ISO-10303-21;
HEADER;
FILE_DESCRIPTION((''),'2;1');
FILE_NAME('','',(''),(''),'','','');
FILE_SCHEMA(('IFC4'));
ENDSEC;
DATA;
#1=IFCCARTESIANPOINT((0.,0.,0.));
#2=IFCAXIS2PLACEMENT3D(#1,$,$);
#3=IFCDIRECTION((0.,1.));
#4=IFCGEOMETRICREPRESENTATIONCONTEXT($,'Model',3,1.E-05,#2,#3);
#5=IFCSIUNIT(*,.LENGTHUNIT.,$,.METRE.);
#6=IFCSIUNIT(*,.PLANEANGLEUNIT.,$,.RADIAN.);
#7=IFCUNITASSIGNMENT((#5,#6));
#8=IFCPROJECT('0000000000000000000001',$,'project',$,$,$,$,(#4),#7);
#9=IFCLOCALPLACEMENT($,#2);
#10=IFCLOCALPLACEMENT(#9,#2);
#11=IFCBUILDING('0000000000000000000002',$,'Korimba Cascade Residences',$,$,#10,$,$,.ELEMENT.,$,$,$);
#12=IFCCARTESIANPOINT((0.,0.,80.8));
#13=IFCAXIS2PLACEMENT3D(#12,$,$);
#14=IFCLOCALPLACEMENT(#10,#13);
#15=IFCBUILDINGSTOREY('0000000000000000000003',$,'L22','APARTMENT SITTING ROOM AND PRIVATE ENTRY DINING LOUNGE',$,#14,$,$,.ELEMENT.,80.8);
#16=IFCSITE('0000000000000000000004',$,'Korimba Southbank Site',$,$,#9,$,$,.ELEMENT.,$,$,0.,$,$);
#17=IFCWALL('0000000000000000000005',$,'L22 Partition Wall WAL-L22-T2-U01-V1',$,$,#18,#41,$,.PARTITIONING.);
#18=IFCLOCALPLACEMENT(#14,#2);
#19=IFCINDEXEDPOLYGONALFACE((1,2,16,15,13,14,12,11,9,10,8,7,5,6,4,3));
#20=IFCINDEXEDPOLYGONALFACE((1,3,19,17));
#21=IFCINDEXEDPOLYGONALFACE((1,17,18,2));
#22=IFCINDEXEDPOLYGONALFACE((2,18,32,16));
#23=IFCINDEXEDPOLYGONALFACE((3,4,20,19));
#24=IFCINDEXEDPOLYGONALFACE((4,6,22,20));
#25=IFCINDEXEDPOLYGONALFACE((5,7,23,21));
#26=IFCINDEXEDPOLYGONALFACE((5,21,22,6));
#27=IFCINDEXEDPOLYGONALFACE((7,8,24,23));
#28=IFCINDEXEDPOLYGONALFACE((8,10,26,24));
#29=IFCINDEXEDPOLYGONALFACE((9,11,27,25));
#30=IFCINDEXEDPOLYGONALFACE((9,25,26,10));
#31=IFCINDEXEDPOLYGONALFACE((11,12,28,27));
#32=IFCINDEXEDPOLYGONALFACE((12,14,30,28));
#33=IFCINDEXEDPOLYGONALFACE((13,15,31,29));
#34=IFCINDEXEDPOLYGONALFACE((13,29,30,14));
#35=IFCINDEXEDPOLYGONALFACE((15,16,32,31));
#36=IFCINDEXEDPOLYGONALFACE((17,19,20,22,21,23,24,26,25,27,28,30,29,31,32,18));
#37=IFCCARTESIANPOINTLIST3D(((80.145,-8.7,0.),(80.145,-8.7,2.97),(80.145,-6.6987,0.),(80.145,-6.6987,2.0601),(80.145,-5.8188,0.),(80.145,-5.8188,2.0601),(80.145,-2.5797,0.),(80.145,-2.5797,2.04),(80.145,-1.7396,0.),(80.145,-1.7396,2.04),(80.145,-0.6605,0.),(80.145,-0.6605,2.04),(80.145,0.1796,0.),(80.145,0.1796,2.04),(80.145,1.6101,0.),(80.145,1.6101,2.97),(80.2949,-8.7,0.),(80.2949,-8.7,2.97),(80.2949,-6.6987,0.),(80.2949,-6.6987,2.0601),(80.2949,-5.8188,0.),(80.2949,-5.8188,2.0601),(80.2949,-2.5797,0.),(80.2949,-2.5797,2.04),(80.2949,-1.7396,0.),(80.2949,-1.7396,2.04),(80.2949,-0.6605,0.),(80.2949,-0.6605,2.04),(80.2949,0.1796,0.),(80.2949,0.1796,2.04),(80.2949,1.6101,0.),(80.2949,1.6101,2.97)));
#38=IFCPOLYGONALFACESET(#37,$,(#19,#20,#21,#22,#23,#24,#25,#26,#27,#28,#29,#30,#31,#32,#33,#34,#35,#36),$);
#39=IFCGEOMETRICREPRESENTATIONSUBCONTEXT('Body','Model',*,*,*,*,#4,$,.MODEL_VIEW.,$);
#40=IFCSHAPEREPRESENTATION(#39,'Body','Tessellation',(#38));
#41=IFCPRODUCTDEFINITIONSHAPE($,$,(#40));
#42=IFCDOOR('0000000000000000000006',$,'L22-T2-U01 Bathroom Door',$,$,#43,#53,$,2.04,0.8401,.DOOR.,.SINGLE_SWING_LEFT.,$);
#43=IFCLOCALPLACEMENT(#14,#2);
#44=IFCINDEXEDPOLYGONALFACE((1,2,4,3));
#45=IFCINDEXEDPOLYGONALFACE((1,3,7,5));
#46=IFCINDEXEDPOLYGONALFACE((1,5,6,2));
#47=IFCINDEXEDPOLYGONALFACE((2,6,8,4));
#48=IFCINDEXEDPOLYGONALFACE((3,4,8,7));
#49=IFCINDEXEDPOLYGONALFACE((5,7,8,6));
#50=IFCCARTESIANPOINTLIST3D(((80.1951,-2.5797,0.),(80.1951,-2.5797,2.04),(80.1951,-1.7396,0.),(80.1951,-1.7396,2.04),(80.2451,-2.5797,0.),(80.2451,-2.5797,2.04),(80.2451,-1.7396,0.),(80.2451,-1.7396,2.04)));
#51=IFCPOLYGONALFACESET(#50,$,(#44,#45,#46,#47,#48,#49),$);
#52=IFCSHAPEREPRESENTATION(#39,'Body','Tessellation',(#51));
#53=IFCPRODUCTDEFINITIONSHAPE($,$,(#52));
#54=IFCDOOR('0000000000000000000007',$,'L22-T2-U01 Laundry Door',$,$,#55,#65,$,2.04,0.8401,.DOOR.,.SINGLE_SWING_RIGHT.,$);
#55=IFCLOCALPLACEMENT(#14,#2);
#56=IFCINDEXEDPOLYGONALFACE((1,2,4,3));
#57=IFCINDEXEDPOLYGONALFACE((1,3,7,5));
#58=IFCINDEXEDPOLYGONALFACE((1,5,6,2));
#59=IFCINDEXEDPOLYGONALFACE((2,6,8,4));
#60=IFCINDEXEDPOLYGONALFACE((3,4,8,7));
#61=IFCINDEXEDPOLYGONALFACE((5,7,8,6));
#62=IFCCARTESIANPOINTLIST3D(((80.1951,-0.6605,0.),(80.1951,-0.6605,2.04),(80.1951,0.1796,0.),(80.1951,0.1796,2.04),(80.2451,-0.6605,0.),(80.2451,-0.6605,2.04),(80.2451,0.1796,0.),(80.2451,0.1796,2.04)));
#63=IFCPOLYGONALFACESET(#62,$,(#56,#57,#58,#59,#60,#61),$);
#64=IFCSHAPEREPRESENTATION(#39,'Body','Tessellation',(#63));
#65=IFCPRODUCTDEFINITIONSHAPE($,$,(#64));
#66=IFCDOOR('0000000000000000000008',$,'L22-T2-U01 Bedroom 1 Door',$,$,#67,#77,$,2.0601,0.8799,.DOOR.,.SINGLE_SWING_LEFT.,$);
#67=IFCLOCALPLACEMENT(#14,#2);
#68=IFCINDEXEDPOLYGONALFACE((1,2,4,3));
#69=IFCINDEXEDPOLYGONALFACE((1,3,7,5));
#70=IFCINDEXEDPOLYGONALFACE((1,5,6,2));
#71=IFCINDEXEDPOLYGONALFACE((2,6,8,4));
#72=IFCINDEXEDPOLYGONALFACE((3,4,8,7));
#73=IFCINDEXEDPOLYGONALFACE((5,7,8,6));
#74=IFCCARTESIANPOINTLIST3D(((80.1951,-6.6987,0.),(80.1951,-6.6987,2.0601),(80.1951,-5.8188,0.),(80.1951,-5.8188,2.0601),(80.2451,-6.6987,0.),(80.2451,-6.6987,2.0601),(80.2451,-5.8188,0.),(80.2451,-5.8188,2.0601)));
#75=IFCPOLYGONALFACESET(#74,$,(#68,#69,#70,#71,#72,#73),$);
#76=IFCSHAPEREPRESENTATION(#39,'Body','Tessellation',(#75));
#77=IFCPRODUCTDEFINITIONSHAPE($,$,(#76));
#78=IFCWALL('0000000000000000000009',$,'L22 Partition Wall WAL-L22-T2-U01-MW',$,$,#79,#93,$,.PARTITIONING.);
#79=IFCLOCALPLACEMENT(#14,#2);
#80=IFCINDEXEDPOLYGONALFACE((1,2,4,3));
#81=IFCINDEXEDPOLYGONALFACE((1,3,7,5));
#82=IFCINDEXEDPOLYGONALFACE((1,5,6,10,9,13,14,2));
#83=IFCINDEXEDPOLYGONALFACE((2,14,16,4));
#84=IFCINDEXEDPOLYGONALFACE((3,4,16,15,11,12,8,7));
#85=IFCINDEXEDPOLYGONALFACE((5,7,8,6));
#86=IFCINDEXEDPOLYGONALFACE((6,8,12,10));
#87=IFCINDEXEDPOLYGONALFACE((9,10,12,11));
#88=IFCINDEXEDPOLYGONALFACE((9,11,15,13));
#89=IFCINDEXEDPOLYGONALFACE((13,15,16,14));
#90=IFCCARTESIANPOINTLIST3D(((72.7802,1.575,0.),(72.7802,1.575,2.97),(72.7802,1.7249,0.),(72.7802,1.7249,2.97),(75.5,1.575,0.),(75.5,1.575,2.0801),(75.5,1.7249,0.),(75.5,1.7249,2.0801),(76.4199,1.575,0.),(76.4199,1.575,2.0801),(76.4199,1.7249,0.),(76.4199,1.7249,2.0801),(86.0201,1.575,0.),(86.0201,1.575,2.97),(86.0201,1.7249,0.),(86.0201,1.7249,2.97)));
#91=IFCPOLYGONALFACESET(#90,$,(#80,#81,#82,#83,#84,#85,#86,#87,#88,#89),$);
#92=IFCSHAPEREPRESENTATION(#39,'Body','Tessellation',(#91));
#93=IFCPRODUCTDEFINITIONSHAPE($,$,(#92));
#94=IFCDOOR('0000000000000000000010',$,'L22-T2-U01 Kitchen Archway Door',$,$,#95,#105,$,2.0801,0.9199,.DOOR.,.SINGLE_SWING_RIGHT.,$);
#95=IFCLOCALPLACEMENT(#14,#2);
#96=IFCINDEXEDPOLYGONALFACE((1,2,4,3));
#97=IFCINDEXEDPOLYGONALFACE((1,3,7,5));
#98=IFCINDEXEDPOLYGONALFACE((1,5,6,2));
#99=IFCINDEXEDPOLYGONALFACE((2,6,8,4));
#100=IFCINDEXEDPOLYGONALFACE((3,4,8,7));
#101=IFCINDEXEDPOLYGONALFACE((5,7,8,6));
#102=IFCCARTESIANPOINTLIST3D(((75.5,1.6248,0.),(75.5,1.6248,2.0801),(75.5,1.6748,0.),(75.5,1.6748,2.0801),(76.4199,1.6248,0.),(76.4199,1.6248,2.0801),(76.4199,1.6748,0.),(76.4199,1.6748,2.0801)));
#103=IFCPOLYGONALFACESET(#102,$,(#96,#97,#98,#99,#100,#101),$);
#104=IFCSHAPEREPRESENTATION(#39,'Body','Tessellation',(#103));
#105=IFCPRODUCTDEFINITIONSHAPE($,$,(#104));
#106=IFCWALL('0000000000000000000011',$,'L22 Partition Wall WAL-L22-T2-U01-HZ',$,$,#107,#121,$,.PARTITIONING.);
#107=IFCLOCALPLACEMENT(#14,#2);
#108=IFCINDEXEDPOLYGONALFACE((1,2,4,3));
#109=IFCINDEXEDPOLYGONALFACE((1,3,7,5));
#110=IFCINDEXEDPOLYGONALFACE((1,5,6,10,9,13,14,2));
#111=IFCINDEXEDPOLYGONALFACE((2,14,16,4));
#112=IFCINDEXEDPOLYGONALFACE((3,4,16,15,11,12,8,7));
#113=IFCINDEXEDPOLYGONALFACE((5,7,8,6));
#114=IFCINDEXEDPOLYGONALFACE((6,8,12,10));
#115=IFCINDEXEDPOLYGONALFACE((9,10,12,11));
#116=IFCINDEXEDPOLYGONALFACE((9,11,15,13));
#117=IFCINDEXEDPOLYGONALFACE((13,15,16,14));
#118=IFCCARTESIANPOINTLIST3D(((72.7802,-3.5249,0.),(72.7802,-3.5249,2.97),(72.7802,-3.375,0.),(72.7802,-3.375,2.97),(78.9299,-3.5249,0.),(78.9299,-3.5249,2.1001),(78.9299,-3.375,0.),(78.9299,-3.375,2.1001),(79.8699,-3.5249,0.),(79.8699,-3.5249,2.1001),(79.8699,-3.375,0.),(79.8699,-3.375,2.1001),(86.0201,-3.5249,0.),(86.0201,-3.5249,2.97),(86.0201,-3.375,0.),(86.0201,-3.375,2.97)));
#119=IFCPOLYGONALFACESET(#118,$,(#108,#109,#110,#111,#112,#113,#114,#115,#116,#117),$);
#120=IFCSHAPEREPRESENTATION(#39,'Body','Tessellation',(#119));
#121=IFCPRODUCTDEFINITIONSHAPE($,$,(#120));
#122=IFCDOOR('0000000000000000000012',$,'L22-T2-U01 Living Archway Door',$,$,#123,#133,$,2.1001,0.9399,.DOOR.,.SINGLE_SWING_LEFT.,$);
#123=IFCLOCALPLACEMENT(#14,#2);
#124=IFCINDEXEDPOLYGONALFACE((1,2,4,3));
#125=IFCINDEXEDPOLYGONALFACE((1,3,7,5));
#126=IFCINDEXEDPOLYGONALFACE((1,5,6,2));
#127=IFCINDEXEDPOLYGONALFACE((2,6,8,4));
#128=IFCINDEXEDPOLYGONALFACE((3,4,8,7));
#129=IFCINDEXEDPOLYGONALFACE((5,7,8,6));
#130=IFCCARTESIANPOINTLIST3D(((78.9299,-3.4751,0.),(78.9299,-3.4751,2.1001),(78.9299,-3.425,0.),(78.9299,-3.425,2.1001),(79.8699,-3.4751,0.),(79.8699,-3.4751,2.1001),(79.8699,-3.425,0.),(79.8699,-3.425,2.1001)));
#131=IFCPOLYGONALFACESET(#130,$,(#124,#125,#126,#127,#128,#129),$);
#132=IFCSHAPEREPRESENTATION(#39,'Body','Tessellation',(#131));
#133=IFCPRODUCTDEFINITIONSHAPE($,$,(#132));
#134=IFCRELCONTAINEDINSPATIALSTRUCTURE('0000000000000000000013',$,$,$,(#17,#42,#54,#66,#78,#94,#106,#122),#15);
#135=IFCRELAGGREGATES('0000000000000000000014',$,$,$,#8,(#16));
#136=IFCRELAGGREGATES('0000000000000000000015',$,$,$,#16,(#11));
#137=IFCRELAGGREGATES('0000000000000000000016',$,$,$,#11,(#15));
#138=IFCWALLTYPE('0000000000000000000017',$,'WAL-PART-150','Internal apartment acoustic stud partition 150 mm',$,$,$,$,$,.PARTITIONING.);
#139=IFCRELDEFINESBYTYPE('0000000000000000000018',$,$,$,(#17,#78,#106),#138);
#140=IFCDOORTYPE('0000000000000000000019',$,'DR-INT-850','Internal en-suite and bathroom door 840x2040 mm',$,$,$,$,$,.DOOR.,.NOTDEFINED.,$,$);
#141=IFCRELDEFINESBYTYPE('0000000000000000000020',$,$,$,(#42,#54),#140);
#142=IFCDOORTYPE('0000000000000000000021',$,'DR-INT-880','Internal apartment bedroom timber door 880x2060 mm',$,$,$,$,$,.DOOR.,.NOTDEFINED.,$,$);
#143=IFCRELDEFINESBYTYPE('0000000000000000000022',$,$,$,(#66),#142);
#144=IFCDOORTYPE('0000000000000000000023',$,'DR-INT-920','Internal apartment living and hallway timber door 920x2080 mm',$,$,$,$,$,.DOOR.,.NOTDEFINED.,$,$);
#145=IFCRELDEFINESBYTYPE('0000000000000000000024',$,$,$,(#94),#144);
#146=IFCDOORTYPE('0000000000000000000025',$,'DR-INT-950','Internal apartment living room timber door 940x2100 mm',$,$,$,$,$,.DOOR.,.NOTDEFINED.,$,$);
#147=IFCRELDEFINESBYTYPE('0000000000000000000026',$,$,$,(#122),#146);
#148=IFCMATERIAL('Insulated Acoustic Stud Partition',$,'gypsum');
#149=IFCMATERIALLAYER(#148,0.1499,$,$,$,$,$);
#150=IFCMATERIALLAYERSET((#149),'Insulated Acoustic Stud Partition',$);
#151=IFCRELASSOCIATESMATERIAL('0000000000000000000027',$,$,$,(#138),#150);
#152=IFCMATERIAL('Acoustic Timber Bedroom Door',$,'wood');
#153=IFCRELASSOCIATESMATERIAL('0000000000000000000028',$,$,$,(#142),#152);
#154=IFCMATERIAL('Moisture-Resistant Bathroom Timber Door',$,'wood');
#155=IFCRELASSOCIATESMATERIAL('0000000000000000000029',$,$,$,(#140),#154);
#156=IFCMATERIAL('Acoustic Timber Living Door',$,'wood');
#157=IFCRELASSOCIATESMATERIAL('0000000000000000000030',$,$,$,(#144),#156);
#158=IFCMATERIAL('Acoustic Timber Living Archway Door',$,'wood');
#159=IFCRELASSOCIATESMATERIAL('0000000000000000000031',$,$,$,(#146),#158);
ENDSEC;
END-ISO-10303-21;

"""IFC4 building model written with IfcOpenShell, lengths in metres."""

from ifc_helpers import new_model, si_unit, direction, frame, frame_2d, origin, place, context, subcontext, project, spatial, rectangle, extrude, material, layer, layer_set, type_object, element, fill, save


model = new_model("IFC4")

# Units and contexts
model_context = context("Model", 3, precision=1e-05, world=origin(), true_north=direction((0.0, 1.0)))
body_context = subcontext(model_context, "Body", "Model", "MODEL_VIEW")
ifc_project = project(units=[si_unit("LENGTHUNIT", "METRE"), si_unit("PLANEANGLEUNIT", "RADIAN")], contexts=[model_context])

# Site, building, storey
site_placement = place(None, origin())
site = spatial("IfcSite", under=ifc_project, at=site_placement, Name="Korimba Southbank Site", CompositionType="ELEMENT", RefElevation=0.0)
building_placement = place(site_placement, origin())
building = spatial("IfcBuilding", under=site, at=building_placement, Name="Korimba Cascade Residences", CompositionType="ELEMENT")
storey_placement = place(building_placement, frame((0.0, 0.0, 80.8)))
storey = spatial("IfcBuildingStorey", under=building, at=storey_placement, Name="L22", Description="APARTMENT SITTING ROOM AND PRIVATE ENTRY DINING LOUNGE", CompositionType="ELEMENT", Elevation=80.8)

# Shared definitions
ifc_material_1 = material(Name="Insulated Acoustic Stud Partition", Category="gypsum")
ifc_layer_1 = layer(ifc_material_1, 0.1499)
ifc_layer_set_1 = layer_set([ifc_layer_1], Name="Insulated Acoustic Stud Partition")
wall_type_1 = type_object("IfcWallType", Name="WAL-PART-150", Description="Internal apartment acoustic stud partition 150 mm", PredefinedType="PARTITIONING", material=ifc_layer_set_1)
ifc_material_2 = material(Name="Acoustic Timber Bedroom Door", Category="wood")
door_type_1 = type_object("IfcDoorType", Name="DR-INT-880", Description="Internal apartment bedroom timber door 880x2060 mm", OperationType="NOTDEFINED", PredefinedType="DOOR", material=ifc_material_2)

# Wall, openings, doors
wall_1_placement = place(storey_placement, frame((80.22, -8.7, 0.0), z_axis=(0.0, 0.0, 1.0), x_axis=(0.0, 1.0, 0.0)))
wall_1 = element("IfcWall", 1, at=wall_1_placement, inside=storey, type_object=wall_type_1, Name="L22 Partition Wall WAL-L22-T2-U01-V1", PredefinedType="PARTITIONING", context=body_context, shape_type="SweptSolid", body=[
    extrude(rectangle(XDim=10.3101, YDim=0.1499, at=frame_2d((5.155, 0.0))), origin(), (0.0, 0.0, 1.0), 2.97),
])
opening_1_placement = place(wall_1_placement, frame((6.1204, 0.0, 0.0)))
opening_1 = element("IfcOpeningElement", 2, at=opening_1_placement, cuts=wall_1, PredefinedType="OPENING", context=body_context, shape_type="SweptSolid", body=[
    extrude(rectangle(XDim=0.8401, YDim=2.04, at=frame_2d((0.4199, 1.02))), frame((0.0, 0.085, 0.0), z_axis=(0.0, -1.0, 0.0), x_axis=(1.0, 0.0, 0.0)), (0.0, 0.0, 1.0), 0.1699),
])
opening_2_placement = place(wall_1_placement, frame((8.0396, 0.0, 0.0)))
opening_2 = element("IfcOpeningElement", 3, at=opening_2_placement, cuts=wall_1, PredefinedType="OPENING", context=body_context, shape_type="SweptSolid", body=[
    extrude(rectangle(XDim=0.8401, YDim=2.04, at=frame_2d((0.4199, 1.02))), frame((0.0, 0.085, 0.0), z_axis=(0.0, -1.0, 0.0), x_axis=(1.0, 0.0, 0.0)), (0.0, 0.0, 1.0), 0.1699),
])
opening_3_placement = place(wall_1_placement, frame((2.0012, 0.0, 0.0)))
opening_3 = element("IfcOpeningElement", 4, at=opening_3_placement, cuts=wall_1, PredefinedType="OPENING", context=body_context, shape_type="SweptSolid", body=[
    extrude(rectangle(XDim=0.8799, YDim=2.0601, at=frame_2d((0.4399, 1.03))), frame((0.0, 0.085, 0.0), z_axis=(0.0, -1.0, 0.0), x_axis=(1.0, 0.0, 0.0)), (0.0, 0.0, 1.0), 0.1699),
])
ifc_material_3 = material(Name="Moisture-Resistant Bathroom Timber Door", Category="wood")
door_type_2 = type_object("IfcDoorType", Name="DR-INT-850", Description="Internal en-suite and bathroom door 840x2040 mm", OperationType="NOTDEFINED", PredefinedType="DOOR", material=ifc_material_3)
door_1_placement = place(opening_1_placement, origin())
door_1 = element("IfcDoor", 5, at=door_1_placement, inside=storey, type_object=door_type_2, Name="L22-T2-U01 Bathroom Door", OperationType="SINGLE_SWING_LEFT", OverallHeight=2.04, OverallWidth=0.8401, PredefinedType="DOOR", context=body_context, shape_type="SweptSolid", body=[
    extrude(rectangle(XDim=0.8401, YDim=2.04, at=frame_2d((0.4199, 1.02))), frame((0.0, 0.0249, 0.0), z_axis=(0.0, -1.0, 0.0), x_axis=(1.0, 0.0, 0.0)), (0.0, 0.0, 1.0), 0.05),
])
fill(opening_1, door_1)
door_2_placement = place(opening_2_placement, origin())
door_2 = element("IfcDoor", 6, at=door_2_placement, inside=storey, type_object=door_type_2, Name="L22-T2-U01 Laundry Door", OperationType="SINGLE_SWING_RIGHT", OverallHeight=2.04, OverallWidth=0.8401, PredefinedType="DOOR", context=body_context, shape_type="SweptSolid", body=[
    extrude(rectangle(XDim=0.8401, YDim=2.04, at=frame_2d((0.4199, 1.02))), frame((0.0, 0.0249, 0.0), z_axis=(0.0, -1.0, 0.0), x_axis=(1.0, 0.0, 0.0)), (0.0, 0.0, 1.0), 0.05),
])
fill(opening_2, door_2)
door_3_placement = place(opening_3_placement, origin())
door_3 = element("IfcDoor", 7, at=door_3_placement, inside=storey, type_object=door_type_1, Name="L22-T2-U01 Bedroom 1 Door", OperationType="SINGLE_SWING_LEFT", OverallHeight=2.0601, OverallWidth=0.8799, PredefinedType="DOOR", context=body_context, shape_type="SweptSolid", body=[
    extrude(rectangle(XDim=0.8799, YDim=2.0601, at=frame_2d((0.4399, 1.03))), frame((0.0, 0.0249, 0.0), z_axis=(0.0, -1.0, 0.0), x_axis=(1.0, 0.0, 0.0)), (0.0, 0.0, 1.0), 0.05),
])
fill(opening_3, door_3)

# Walls, openings, doors
wall_2_placement = place(storey_placement, frame((72.78, 1.6499, 0.0), z_axis=(0.0, 0.0, 1.0), x_axis=(1.0, 0.0, 0.0)))
wall_2 = element("IfcWall", 8, at=wall_2_placement, inside=storey, type_object=wall_type_1, Name="L22 Partition Wall WAL-L22-T2-U01-MW", PredefinedType="PARTITIONING", context=body_context, shape_type="SweptSolid", body=[
    extrude(rectangle(XDim=13.24, YDim=0.1499, at=frame_2d((6.6201, 0.0))), origin(), (0.0, 0.0, 1.0), 2.97),
])
opening_4_placement = place(wall_2_placement, frame((2.72, 0.0, 0.0)))
opening_4 = element("IfcOpeningElement", 9, at=opening_4_placement, cuts=wall_2, PredefinedType="OPENING", context=body_context, shape_type="SweptSolid", body=[
    extrude(rectangle(XDim=0.9199, YDim=2.0801, at=frame_2d((0.46, 1.04))), frame((0.0, 0.085, 0.0), z_axis=(0.0, -1.0, 0.0), x_axis=(1.0, 0.0, 0.0)), (0.0, 0.0, 1.0), 0.1699),
])
ifc_material_4 = material(Name="Acoustic Timber Living Door", Category="wood")
door_type_3 = type_object("IfcDoorType", Name="DR-INT-920", Description="Internal apartment living and hallway timber door 920x2080 mm", OperationType="NOTDEFINED", PredefinedType="DOOR", material=ifc_material_4)
door_4_placement = place(opening_4_placement, origin())
door_4 = element("IfcDoor", 10, at=door_4_placement, inside=storey, type_object=door_type_3, Name="L22-T2-U01 Kitchen Archway Door", OperationType="SINGLE_SWING_RIGHT", OverallHeight=2.0801, OverallWidth=0.9199, PredefinedType="DOOR", context=body_context, shape_type="SweptSolid", body=[
    extrude(rectangle(XDim=0.9199, YDim=2.0801, at=frame_2d((0.46, 1.04))), frame((0.0, 0.0249, 0.0), z_axis=(0.0, -1.0, 0.0), x_axis=(1.0, 0.0, 0.0)), (0.0, 0.0, 1.0), 0.05),
])
fill(opening_4, door_4)
wall_3_placement = place(storey_placement, frame((72.78, -3.45, 0.0), z_axis=(0.0, 0.0, 1.0), x_axis=(1.0, 0.0, 0.0)))
wall_3 = element("IfcWall", 11, at=wall_3_placement, inside=storey, type_object=wall_type_1, Name="L22 Partition Wall WAL-L22-T2-U01-HZ", PredefinedType="PARTITIONING", context=body_context, shape_type="SweptSolid", body=[
    extrude(rectangle(XDim=13.24, YDim=0.1499, at=frame_2d((6.6201, 0.0))), origin(), (0.0, 0.0, 1.0), 2.97),
])
opening_5_placement = place(wall_3_placement, frame((6.1499, 0.0, 0.0)))
opening_5 = element("IfcOpeningElement", 12, at=opening_5_placement, cuts=wall_3, PredefinedType="OPENING", context=body_context, shape_type="SweptSolid", body=[
    extrude(rectangle(XDim=0.9399, YDim=2.1001, at=frame_2d((0.47, 1.05))), frame((0.0, 0.085, 0.0), z_axis=(0.0, -1.0, 0.0), x_axis=(1.0, 0.0, 0.0)), (0.0, 0.0, 1.0), 0.1699),
])
ifc_material_5 = material(Name="Acoustic Timber Living Archway Door", Category="wood")
door_type_4 = type_object("IfcDoorType", Name="DR-INT-950", Description="Internal apartment living room timber door 940x2100 mm", OperationType="NOTDEFINED", PredefinedType="DOOR", material=ifc_material_5)
door_5_placement = place(opening_5_placement, origin())
door_5 = element("IfcDoor", 13, at=door_5_placement, inside=storey, type_object=door_type_4, Name="L22-T2-U01 Living Archway Door", OperationType="SINGLE_SWING_LEFT", OverallHeight=2.1001, OverallWidth=0.9399, PredefinedType="DOOR", context=body_context, shape_type="SweptSolid", body=[
    extrude(rectangle(XDim=0.9399, YDim=2.1001, at=frame_2d((0.47, 1.05))), frame((0.0, 0.0249, 0.0), z_axis=(0.0, -1.0, 0.0), x_axis=(1.0, 0.0, 0.0)), (0.0, 0.0, 1.0), 0.05),
])
fill(opening_5, door_5)

save(model, "model.ifc")
